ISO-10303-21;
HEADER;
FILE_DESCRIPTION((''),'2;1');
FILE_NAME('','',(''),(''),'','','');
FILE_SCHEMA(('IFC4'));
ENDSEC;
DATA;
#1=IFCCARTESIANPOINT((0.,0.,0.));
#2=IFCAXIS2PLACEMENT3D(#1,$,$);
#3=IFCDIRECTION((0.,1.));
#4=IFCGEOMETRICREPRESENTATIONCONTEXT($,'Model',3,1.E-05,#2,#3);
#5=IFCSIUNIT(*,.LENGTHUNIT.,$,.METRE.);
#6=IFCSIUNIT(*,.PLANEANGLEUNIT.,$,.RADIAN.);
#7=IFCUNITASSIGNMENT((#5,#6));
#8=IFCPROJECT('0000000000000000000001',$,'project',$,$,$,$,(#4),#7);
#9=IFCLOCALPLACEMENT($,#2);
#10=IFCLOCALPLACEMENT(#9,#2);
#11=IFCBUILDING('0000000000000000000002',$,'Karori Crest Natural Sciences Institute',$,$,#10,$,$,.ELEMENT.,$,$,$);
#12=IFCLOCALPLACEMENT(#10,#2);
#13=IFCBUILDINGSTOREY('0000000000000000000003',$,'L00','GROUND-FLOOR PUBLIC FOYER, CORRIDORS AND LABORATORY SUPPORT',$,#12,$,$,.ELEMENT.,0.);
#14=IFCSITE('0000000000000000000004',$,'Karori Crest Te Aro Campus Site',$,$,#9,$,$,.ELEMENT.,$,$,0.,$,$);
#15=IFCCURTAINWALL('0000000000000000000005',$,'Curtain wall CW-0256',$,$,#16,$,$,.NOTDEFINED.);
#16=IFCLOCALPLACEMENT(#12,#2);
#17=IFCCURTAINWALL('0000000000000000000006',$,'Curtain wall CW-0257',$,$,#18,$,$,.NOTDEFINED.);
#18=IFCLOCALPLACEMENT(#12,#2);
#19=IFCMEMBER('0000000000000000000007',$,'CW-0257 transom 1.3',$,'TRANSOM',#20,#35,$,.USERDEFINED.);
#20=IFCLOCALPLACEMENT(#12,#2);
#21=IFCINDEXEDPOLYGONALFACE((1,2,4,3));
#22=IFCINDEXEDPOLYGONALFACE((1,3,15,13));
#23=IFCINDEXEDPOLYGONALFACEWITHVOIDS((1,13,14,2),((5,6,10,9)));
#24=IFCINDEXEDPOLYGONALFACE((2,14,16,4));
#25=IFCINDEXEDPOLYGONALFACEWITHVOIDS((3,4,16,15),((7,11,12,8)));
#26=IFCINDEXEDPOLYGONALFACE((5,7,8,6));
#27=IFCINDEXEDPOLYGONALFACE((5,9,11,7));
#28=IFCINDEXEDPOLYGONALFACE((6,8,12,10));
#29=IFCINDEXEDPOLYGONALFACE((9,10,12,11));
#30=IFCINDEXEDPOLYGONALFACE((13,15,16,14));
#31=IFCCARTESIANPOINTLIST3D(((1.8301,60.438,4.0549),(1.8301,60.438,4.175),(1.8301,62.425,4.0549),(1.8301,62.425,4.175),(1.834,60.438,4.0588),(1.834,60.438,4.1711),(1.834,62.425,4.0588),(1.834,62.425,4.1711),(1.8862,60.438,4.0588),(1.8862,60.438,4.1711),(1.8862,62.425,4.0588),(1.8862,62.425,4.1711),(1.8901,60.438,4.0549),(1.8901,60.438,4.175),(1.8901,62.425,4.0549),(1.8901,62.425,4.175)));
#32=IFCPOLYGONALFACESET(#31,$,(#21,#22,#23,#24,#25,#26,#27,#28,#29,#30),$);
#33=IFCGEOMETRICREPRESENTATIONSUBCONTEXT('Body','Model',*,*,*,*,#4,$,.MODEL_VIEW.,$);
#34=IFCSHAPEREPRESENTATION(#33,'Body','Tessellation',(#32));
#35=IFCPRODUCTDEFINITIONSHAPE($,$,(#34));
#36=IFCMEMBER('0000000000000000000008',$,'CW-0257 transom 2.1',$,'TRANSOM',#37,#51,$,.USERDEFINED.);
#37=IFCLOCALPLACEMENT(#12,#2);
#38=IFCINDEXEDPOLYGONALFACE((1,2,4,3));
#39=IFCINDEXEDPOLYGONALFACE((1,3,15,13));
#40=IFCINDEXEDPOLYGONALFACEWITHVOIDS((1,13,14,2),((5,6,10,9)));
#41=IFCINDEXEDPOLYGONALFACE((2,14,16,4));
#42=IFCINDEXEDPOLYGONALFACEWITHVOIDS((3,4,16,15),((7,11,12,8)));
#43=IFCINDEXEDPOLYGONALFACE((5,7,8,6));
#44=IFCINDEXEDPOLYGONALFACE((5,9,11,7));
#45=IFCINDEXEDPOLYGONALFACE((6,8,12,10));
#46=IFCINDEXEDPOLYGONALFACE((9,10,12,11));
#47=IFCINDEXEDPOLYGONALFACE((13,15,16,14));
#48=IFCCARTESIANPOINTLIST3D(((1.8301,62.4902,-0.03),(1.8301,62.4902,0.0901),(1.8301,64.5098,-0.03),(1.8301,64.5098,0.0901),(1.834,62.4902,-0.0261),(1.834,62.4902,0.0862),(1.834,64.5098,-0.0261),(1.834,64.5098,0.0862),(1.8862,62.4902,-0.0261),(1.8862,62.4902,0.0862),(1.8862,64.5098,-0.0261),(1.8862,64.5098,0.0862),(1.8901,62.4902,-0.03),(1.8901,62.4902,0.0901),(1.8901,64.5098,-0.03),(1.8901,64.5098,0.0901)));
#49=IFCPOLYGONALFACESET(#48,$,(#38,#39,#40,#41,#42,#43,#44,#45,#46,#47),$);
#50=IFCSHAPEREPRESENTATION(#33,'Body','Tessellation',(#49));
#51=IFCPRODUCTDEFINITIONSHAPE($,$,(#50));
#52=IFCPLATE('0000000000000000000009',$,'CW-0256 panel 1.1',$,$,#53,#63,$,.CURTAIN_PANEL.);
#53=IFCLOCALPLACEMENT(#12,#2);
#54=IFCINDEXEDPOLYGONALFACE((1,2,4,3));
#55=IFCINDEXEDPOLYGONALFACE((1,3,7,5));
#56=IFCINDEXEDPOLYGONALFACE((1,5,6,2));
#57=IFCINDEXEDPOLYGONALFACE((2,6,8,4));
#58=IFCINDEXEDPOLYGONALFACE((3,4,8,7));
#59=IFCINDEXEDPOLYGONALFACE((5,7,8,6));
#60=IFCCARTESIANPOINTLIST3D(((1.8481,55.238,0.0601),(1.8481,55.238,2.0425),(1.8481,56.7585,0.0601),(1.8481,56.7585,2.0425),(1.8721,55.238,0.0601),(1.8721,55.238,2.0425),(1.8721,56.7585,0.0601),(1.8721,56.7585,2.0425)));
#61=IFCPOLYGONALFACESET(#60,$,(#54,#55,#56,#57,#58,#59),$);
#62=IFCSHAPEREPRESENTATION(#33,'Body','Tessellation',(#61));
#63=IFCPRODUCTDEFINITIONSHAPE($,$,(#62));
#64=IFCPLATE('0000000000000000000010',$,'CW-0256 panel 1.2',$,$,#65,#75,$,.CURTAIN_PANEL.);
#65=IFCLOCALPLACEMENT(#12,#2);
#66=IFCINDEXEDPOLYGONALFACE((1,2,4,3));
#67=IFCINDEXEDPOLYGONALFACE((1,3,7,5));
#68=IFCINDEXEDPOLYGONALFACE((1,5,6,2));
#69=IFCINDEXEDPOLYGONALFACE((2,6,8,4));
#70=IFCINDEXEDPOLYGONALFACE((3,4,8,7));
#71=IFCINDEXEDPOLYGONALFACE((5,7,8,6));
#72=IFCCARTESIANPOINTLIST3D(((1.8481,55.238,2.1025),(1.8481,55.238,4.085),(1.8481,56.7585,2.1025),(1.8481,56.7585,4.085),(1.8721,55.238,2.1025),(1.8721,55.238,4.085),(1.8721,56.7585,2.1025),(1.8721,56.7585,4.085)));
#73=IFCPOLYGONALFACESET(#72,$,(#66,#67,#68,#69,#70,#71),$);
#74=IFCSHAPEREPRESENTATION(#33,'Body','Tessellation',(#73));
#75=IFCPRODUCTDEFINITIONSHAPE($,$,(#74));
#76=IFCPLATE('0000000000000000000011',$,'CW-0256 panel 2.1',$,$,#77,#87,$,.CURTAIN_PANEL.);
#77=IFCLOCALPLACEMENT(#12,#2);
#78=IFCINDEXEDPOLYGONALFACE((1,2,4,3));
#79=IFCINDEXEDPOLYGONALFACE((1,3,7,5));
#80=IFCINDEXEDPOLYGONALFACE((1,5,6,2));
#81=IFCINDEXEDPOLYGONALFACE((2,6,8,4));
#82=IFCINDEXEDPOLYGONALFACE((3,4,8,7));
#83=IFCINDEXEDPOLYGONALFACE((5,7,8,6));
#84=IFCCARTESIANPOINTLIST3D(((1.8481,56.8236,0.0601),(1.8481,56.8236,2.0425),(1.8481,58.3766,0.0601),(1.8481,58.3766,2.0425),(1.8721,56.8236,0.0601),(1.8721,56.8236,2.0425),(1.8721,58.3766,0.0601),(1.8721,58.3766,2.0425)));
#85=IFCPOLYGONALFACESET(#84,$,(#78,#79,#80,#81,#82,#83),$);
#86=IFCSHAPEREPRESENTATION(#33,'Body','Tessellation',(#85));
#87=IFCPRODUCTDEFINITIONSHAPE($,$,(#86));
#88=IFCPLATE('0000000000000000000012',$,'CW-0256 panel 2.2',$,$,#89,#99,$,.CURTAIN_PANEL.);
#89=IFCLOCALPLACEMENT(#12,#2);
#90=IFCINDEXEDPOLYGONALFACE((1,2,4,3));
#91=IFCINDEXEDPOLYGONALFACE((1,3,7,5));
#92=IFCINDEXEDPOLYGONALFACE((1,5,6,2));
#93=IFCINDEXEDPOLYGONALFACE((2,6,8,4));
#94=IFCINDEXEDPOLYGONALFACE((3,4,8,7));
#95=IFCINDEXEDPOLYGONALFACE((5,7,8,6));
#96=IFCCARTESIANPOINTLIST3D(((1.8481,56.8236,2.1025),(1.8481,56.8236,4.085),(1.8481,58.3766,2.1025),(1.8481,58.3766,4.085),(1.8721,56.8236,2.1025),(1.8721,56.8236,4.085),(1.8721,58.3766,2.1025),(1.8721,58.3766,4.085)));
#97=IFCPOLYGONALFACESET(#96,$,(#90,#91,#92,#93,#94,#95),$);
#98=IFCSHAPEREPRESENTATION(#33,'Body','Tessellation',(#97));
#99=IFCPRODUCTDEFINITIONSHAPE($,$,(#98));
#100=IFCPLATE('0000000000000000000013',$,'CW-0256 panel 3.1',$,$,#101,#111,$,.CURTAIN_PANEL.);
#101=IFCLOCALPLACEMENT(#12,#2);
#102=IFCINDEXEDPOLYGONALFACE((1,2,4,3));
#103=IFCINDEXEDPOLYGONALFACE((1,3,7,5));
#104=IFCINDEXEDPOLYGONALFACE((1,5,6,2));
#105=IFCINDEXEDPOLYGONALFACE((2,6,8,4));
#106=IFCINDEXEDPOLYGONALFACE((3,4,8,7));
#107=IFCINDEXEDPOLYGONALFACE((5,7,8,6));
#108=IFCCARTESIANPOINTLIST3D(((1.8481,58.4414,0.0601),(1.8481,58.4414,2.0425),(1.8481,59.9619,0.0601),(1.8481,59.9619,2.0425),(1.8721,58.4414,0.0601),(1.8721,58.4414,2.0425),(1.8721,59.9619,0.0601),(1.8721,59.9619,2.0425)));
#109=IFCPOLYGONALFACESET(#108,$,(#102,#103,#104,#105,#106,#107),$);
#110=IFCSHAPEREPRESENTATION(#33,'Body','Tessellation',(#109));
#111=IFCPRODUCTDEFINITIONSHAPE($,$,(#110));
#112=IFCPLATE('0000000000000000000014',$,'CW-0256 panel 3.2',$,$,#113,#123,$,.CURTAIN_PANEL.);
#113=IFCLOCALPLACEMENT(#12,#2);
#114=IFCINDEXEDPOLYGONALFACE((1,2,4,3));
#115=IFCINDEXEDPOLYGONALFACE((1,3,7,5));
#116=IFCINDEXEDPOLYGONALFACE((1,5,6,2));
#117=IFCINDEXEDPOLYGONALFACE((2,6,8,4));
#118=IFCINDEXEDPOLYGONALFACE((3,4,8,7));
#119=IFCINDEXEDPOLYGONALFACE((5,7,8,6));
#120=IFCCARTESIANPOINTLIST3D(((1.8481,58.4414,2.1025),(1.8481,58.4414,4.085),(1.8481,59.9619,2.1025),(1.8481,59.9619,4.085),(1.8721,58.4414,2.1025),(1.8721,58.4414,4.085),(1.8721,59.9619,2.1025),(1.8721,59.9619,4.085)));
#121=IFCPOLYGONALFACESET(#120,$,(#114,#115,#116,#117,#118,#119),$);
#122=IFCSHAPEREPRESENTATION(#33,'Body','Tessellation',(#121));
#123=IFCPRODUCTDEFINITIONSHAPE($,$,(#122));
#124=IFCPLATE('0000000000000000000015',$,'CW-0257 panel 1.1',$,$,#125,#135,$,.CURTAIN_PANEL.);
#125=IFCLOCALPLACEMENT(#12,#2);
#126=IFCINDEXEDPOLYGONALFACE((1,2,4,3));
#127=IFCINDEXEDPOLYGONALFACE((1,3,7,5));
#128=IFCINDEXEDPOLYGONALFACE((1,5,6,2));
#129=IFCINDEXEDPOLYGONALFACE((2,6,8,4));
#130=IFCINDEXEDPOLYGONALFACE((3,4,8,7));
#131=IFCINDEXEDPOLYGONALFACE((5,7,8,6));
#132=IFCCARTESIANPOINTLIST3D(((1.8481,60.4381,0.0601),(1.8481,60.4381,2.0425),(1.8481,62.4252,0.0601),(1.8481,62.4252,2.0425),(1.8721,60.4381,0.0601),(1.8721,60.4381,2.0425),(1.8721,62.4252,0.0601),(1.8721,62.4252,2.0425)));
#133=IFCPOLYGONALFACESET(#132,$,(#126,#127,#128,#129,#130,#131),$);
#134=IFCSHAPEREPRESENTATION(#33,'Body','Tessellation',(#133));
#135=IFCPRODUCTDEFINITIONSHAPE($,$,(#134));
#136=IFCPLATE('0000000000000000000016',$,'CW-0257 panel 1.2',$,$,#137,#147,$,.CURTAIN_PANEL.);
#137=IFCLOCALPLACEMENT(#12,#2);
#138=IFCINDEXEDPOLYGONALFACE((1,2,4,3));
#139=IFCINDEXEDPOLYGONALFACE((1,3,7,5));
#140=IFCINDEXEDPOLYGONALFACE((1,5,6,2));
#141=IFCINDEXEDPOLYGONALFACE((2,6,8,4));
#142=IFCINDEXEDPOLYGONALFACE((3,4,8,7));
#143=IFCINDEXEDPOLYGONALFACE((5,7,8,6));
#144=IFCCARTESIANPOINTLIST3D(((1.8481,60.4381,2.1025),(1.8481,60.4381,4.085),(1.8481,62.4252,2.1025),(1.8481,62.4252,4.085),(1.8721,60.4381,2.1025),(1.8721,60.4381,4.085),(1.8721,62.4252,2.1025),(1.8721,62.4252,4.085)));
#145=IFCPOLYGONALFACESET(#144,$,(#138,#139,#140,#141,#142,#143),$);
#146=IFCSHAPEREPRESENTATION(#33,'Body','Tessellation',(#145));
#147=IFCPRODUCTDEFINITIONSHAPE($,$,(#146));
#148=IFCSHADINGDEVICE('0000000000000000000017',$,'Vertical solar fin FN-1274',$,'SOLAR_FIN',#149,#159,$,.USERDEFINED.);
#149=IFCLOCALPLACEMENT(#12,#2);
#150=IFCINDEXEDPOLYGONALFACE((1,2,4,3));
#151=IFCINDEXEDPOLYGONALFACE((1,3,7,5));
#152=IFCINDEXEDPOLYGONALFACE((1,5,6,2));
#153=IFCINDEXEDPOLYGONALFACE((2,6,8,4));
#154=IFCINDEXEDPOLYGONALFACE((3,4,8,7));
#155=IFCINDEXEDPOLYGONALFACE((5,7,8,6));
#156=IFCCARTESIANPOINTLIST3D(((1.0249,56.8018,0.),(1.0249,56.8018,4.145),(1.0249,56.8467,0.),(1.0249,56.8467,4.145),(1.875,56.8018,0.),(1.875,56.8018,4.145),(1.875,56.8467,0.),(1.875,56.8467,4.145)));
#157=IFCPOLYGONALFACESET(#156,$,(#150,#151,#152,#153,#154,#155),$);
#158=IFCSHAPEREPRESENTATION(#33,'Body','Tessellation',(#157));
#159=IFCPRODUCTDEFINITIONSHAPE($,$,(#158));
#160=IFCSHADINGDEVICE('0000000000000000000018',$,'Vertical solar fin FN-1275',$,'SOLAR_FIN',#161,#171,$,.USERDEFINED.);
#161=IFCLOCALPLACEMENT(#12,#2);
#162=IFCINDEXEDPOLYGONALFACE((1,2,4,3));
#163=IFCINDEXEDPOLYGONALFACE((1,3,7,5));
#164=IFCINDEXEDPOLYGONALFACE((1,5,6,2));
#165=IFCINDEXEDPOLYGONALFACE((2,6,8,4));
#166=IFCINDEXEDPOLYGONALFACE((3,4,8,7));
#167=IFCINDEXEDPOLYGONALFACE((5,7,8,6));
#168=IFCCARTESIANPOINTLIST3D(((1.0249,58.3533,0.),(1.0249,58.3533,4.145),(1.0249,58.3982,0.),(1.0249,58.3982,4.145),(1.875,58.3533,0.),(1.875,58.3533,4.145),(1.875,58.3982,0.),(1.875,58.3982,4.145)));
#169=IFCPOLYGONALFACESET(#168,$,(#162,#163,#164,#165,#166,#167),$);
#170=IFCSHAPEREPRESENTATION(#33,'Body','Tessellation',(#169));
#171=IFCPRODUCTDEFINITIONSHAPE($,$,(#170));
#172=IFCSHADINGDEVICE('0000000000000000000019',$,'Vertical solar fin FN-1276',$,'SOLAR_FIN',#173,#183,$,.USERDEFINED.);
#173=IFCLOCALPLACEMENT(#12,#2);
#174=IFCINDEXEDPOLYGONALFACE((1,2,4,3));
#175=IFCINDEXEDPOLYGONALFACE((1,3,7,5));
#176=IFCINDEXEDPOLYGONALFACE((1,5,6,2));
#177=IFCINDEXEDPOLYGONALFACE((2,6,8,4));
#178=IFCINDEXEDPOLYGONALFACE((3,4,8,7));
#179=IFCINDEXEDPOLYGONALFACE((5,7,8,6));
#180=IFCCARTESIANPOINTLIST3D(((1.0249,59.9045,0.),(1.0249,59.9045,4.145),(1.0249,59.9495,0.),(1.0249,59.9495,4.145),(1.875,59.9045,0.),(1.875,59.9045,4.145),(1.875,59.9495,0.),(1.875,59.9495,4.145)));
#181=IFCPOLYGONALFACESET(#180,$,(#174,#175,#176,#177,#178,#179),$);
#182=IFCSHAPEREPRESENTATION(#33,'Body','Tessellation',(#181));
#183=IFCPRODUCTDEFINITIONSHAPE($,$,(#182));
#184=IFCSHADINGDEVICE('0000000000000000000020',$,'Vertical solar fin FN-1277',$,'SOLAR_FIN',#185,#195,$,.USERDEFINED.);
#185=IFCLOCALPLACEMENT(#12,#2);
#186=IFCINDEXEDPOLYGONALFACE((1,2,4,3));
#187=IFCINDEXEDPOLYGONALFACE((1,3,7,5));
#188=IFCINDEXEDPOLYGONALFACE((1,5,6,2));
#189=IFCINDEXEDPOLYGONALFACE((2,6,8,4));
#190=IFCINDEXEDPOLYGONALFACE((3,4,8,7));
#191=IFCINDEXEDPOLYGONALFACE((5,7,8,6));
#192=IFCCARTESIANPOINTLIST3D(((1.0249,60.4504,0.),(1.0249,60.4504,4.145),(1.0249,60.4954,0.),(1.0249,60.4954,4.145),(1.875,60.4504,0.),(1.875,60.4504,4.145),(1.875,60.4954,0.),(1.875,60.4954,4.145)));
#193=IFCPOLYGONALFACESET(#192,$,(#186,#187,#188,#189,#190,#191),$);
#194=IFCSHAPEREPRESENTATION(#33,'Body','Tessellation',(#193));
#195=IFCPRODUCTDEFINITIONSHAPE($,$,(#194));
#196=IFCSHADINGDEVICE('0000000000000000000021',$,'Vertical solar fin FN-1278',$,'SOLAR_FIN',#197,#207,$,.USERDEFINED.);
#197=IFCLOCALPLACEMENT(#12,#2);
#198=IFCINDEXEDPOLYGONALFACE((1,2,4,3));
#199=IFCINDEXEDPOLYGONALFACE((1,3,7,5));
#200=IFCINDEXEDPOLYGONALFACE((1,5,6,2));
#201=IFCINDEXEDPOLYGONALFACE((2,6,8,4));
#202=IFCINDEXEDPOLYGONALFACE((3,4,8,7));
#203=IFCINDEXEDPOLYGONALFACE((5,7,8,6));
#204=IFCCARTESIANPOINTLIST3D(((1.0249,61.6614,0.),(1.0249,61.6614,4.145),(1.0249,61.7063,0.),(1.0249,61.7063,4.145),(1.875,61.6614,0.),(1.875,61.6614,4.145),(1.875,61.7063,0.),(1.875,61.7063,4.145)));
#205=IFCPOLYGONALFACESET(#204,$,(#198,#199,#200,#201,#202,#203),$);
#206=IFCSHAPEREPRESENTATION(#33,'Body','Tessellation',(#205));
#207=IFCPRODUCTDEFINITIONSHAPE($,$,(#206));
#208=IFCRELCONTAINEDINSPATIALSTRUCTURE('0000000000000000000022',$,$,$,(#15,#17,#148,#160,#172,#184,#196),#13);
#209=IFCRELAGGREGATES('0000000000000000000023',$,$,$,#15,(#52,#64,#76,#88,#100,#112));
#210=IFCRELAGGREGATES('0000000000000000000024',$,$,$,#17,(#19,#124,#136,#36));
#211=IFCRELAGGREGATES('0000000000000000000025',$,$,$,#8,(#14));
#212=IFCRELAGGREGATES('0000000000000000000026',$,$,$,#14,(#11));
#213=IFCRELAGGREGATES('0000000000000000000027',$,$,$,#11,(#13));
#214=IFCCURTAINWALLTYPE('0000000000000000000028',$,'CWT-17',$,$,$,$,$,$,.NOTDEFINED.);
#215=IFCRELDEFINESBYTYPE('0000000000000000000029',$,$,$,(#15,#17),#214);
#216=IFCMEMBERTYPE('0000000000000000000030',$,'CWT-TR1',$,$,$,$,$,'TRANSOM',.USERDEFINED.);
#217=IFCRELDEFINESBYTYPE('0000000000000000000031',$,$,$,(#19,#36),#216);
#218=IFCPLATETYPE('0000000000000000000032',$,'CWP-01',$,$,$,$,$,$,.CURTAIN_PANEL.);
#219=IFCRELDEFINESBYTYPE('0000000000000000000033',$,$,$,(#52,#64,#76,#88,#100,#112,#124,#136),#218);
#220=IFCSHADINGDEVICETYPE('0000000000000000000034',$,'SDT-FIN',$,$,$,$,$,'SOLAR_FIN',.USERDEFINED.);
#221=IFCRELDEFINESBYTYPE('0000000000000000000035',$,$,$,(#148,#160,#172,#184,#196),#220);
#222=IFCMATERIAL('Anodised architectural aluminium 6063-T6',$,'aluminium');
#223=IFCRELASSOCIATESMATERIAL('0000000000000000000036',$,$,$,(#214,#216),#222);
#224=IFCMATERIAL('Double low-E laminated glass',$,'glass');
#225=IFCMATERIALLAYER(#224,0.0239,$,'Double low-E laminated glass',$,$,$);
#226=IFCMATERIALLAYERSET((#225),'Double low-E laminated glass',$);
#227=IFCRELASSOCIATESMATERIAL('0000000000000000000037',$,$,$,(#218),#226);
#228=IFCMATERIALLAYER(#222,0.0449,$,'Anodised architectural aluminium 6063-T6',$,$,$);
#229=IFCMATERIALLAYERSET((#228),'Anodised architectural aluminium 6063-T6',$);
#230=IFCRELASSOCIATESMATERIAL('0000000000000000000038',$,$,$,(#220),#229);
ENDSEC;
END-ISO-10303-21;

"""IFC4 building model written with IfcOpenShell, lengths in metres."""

from ifc_helpers import new_model, si_unit, direction, frame, origin, origin_2d, place, context, subcontext, project, spatial, rectangle, hollow_rectangle, extrude, material, layer, layer_set, material_profile, profile_set, type_object, element, aggregate, save


model = new_model("IFC4")

# Units and contexts
model_context = context("Model", 3, precision=1e-05, world=origin(), true_north=direction((0.0, 1.0)))
body_context = subcontext(model_context, "Body", "Model", "MODEL_VIEW")
ifc_project = project(units=[si_unit("LENGTHUNIT", "METRE"), si_unit("PLANEANGLEUNIT", "RADIAN")], contexts=[model_context])

# Site, building, storey
site_placement = place(None, origin())
site = spatial("IfcSite", under=ifc_project, at=site_placement, Name="Karori Crest Te Aro Campus Site", CompositionType="ELEMENT", RefElevation=0.0)
building_placement = place(site_placement, origin())
building = spatial("IfcBuilding", under=site, at=building_placement, Name="Karori Crest Natural Sciences Institute", CompositionType="ELEMENT")
storey_placement = place(building_placement, origin())
storey = spatial("IfcBuildingStorey", under=building, at=storey_placement, Name="L00", Description="GROUND-FLOOR PUBLIC FOYER, CORRIDORS AND LABORATORY SUPPORT", CompositionType="ELEMENT", Elevation=0.0)

# Curtain walls
ifc_material_1 = material(Name="Anodised architectural aluminium 6063-T6", Category="aluminium")
curtain_wall_type = type_object("IfcCurtainWallType", Name="CWT-17", PredefinedType="NOTDEFINED", material=ifc_material_1)
curtain_wall_1_placement = place(storey_placement, origin())
curtain_wall_1 = element("IfcCurtainWall", 1, at=curtain_wall_1_placement, inside=storey, type_object=curtain_wall_type, Name="Curtain wall CW-0256", PredefinedType="NOTDEFINED")
curtain_wall_2_placement = place(storey_placement, origin())
curtain_wall_2 = element("IfcCurtainWall", 2, at=curtain_wall_2_placement, inside=storey, type_object=curtain_wall_type, Name="Curtain wall CW-0257", PredefinedType="NOTDEFINED")

# Members
ifc_material_profile_1 = material_profile(ifc_material_1, hollow_rectangle(XDim=0.0601, YDim=0.1201, WallThickness=0.0039, at=origin_2d()), Name="CWT120x60x4")
ifc_profile_set_1 = profile_set([ifc_material_profile_1], Name="Anodised architectural aluminium 6063-T6")
member_type_1 = type_object("IfcMemberType", Name="CWT-TR1", ElementType="TRANSOM", PredefinedType="USERDEFINED", material=ifc_profile_set_1)
member_1_placement = place(storey_placement, frame((1.8601, 60.438, 4.115), z_axis=(0.0, 1.0, 0.0), x_axis=(-1.0, 0.0, 0.0)))
member_1 = element("IfcMember", 3, at=member_1_placement, type_object=member_type_1, Name="CW-0257 transom 1.3", ObjectType="TRANSOM", PredefinedType="USERDEFINED", context=body_context, shape_type="SweptSolid", body=[
    extrude(hollow_rectangle(XDim=0.0601, YDim=0.1201, WallThickness=0.0039, at=origin_2d()), origin(), (0.0, 0.0, 1.0), 1.9871),
])
member_2_placement = place(storey_placement, frame((1.8601, 62.4902, 0.03), z_axis=(0.0, 1.0, 0.0), x_axis=(-1.0, 0.0, 0.0)))
member_2 = element("IfcMember", 4, at=member_2_placement, type_object=member_type_1, Name="CW-0257 transom 2.1", ObjectType="TRANSOM", PredefinedType="USERDEFINED", context=body_context, shape_type="SweptSolid", body=[
    extrude(hollow_rectangle(XDim=0.0601, YDim=0.1201, WallThickness=0.0039, at=origin_2d()), origin(), (0.0, 0.0, 1.0), 2.0195),
])

# Plates
ifc_material_2 = material(Name="Double low-E laminated glass", Category="glass")
ifc_layer_1 = layer(ifc_material_2, 0.0239, Name="Double low-E laminated glass")
ifc_layer_set_1 = layer_set([ifc_layer_1], Name="Double low-E laminated glass")
plate_type = type_object("IfcPlateType", Name="CWP-01", PredefinedType="CURTAIN_PANEL", material=ifc_layer_set_1)
plate_1_placement = place(storey_placement, frame((1.8601, 55.9983, 0.0601), z_axis=(0.0, 0.0, 1.0), x_axis=(0.0, 1.0, 0.0)))
plate_1 = element("IfcPlate", 5, at=plate_1_placement, type_object=plate_type, Name="CW-0256 panel 1.1", PredefinedType="CURTAIN_PANEL", context=body_context, shape_type="SweptSolid", body=[
    extrude(rectangle(XDim=1.5205, YDim=0.0239, at=origin_2d()), origin(), (0.0, 0.0, 1.0), 1.9824),
])
plate_2_placement = place(storey_placement, frame((1.8601, 55.9983, 2.1025), z_axis=(0.0, 0.0, 1.0), x_axis=(0.0, 1.0, 0.0)))
plate_2 = element("IfcPlate", 6, at=plate_2_placement, type_object=plate_type, Name="CW-0256 panel 1.2", PredefinedType="CURTAIN_PANEL", context=body_context, shape_type="SweptSolid", body=[
    extrude(rectangle(XDim=1.5205, YDim=0.0239, at=origin_2d()), origin(), (0.0, 0.0, 1.0), 1.9824),
])
plate_3_placement = place(storey_placement, frame((1.8601, 57.6001, 0.0601), z_axis=(0.0, 0.0, 1.0), x_axis=(0.0, 1.0, 0.0)))
plate_3 = element("IfcPlate", 7, at=plate_3_placement, type_object=plate_type, Name="CW-0256 panel 2.1", PredefinedType="CURTAIN_PANEL", context=body_context, shape_type="SweptSolid", body=[
    extrude(rectangle(XDim=1.553, YDim=0.0239, at=origin_2d()), origin(), (0.0, 0.0, 1.0), 1.9824),
])
plate_4_placement = place(storey_placement, frame((1.8601, 57.6001, 2.1025), z_axis=(0.0, 0.0, 1.0), x_axis=(0.0, 1.0, 0.0)))
plate_4 = element("IfcPlate", 8, at=plate_4_placement, type_object=plate_type, Name="CW-0256 panel 2.2", PredefinedType="CURTAIN_PANEL", context=body_context, shape_type="SweptSolid", body=[
    extrude(rectangle(XDim=1.553, YDim=0.0239, at=origin_2d()), origin(), (0.0, 0.0, 1.0), 1.9824),
])
plate_5_placement = place(storey_placement, frame((1.8601, 59.2017, 0.0601), z_axis=(0.0, 0.0, 1.0), x_axis=(0.0, 1.0, 0.0)))
plate_5 = element("IfcPlate", 9, at=plate_5_placement, type_object=plate_type, Name="CW-0256 panel 3.1", PredefinedType="CURTAIN_PANEL", context=body_context, shape_type="SweptSolid", body=[
    extrude(rectangle(XDim=1.5205, YDim=0.0239, at=origin_2d()), origin(), (0.0, 0.0, 1.0), 1.9824),
])
plate_6_placement = place(storey_placement, frame((1.8601, 59.2017, 2.1025), z_axis=(0.0, 0.0, 1.0), x_axis=(0.0, 1.0, 0.0)))
plate_6 = element("IfcPlate", 10, at=plate_6_placement, type_object=plate_type, Name="CW-0256 panel 3.2", PredefinedType="CURTAIN_PANEL", context=body_context, shape_type="SweptSolid", body=[
    extrude(rectangle(XDim=1.5205, YDim=0.0239, at=origin_2d()), origin(), (0.0, 0.0, 1.0), 1.9824),
])
aggregate(curtain_wall_1, [plate_1, plate_2, plate_3, plate_4, plate_5, plate_6])
plate_7_placement = place(storey_placement, frame((1.8601, 61.4316, 0.0601), z_axis=(0.0, 0.0, 1.0), x_axis=(0.0, 1.0, 0.0)))
plate_7 = element("IfcPlate", 11, at=plate_7_placement, type_object=plate_type, Name="CW-0257 panel 1.1", PredefinedType="CURTAIN_PANEL", context=body_context, shape_type="SweptSolid", body=[
    extrude(rectangle(XDim=1.9871, YDim=0.0239, at=origin_2d()), origin(), (0.0, 0.0, 1.0), 1.9824),
])
plate_8_placement = place(storey_placement, frame((1.8601, 61.4316, 2.1025), z_axis=(0.0, 0.0, 1.0), x_axis=(0.0, 1.0, 0.0)))
plate_8 = element("IfcPlate", 12, at=plate_8_placement, type_object=plate_type, Name="CW-0257 panel 1.2", PredefinedType="CURTAIN_PANEL", context=body_context, shape_type="SweptSolid", body=[
    extrude(rectangle(XDim=1.9871, YDim=0.0239, at=origin_2d()), origin(), (0.0, 0.0, 1.0), 1.9824),
])
aggregate(curtain_wall_2, [member_1, plate_7, plate_8, member_2])

# Shading devices
ifc_layer_2 = layer(ifc_material_1, 0.0449, Name="Anodised architectural aluminium 6063-T6")
ifc_layer_set_2 = layer_set([ifc_layer_2], Name="Anodised architectural aluminium 6063-T6")
shading_device_type = type_object("IfcShadingDeviceType", Name="SDT-FIN", ElementType="SOLAR_FIN", PredefinedType="USERDEFINED", material=ifc_layer_set_2)
for number, where, z_axis, x_axis, name in (
    (13, (1.45, 56.8242, 0.0), (0.0, 0.0, 1.0), (-1.0, 0.0, 0.0), "Vertical solar fin FN-1274"),
    (14, (1.45, 58.3757, 0.0), (0.0, 0.0, 1.0), (-1.0, 0.0, 0.0), "Vertical solar fin FN-1275"),
    (15, (1.45, 59.927, 0.0), (0.0, 0.0, 1.0), (-1.0, 0.0, 0.0), "Vertical solar fin FN-1276"),
    (16, (1.45, 60.4729, 0.0), (0.0, 0.0, 1.0), (-1.0, 0.0, 0.0), "Vertical solar fin FN-1277"),
    (17, (1.45, 61.6838, 0.0), (0.0, 0.0, 1.0), (-1.0, 0.0, 0.0), "Vertical solar fin FN-1278"),
):
    element("IfcShadingDevice", number, at=place(storey_placement, frame(where, z_axis=z_axis, x_axis=x_axis)), inside=storey, type_object=shading_device_type, Name=name, ObjectType="SOLAR_FIN", PredefinedType="USERDEFINED", context=body_context, shape_type="SweptSolid", body=[
        extrude(rectangle(XDim=0.8501, YDim=0.0449, at=origin_2d()), origin(), (0.0, 0.0, 1.0), 4.145),
    ])

save(model, "model.ifc")
